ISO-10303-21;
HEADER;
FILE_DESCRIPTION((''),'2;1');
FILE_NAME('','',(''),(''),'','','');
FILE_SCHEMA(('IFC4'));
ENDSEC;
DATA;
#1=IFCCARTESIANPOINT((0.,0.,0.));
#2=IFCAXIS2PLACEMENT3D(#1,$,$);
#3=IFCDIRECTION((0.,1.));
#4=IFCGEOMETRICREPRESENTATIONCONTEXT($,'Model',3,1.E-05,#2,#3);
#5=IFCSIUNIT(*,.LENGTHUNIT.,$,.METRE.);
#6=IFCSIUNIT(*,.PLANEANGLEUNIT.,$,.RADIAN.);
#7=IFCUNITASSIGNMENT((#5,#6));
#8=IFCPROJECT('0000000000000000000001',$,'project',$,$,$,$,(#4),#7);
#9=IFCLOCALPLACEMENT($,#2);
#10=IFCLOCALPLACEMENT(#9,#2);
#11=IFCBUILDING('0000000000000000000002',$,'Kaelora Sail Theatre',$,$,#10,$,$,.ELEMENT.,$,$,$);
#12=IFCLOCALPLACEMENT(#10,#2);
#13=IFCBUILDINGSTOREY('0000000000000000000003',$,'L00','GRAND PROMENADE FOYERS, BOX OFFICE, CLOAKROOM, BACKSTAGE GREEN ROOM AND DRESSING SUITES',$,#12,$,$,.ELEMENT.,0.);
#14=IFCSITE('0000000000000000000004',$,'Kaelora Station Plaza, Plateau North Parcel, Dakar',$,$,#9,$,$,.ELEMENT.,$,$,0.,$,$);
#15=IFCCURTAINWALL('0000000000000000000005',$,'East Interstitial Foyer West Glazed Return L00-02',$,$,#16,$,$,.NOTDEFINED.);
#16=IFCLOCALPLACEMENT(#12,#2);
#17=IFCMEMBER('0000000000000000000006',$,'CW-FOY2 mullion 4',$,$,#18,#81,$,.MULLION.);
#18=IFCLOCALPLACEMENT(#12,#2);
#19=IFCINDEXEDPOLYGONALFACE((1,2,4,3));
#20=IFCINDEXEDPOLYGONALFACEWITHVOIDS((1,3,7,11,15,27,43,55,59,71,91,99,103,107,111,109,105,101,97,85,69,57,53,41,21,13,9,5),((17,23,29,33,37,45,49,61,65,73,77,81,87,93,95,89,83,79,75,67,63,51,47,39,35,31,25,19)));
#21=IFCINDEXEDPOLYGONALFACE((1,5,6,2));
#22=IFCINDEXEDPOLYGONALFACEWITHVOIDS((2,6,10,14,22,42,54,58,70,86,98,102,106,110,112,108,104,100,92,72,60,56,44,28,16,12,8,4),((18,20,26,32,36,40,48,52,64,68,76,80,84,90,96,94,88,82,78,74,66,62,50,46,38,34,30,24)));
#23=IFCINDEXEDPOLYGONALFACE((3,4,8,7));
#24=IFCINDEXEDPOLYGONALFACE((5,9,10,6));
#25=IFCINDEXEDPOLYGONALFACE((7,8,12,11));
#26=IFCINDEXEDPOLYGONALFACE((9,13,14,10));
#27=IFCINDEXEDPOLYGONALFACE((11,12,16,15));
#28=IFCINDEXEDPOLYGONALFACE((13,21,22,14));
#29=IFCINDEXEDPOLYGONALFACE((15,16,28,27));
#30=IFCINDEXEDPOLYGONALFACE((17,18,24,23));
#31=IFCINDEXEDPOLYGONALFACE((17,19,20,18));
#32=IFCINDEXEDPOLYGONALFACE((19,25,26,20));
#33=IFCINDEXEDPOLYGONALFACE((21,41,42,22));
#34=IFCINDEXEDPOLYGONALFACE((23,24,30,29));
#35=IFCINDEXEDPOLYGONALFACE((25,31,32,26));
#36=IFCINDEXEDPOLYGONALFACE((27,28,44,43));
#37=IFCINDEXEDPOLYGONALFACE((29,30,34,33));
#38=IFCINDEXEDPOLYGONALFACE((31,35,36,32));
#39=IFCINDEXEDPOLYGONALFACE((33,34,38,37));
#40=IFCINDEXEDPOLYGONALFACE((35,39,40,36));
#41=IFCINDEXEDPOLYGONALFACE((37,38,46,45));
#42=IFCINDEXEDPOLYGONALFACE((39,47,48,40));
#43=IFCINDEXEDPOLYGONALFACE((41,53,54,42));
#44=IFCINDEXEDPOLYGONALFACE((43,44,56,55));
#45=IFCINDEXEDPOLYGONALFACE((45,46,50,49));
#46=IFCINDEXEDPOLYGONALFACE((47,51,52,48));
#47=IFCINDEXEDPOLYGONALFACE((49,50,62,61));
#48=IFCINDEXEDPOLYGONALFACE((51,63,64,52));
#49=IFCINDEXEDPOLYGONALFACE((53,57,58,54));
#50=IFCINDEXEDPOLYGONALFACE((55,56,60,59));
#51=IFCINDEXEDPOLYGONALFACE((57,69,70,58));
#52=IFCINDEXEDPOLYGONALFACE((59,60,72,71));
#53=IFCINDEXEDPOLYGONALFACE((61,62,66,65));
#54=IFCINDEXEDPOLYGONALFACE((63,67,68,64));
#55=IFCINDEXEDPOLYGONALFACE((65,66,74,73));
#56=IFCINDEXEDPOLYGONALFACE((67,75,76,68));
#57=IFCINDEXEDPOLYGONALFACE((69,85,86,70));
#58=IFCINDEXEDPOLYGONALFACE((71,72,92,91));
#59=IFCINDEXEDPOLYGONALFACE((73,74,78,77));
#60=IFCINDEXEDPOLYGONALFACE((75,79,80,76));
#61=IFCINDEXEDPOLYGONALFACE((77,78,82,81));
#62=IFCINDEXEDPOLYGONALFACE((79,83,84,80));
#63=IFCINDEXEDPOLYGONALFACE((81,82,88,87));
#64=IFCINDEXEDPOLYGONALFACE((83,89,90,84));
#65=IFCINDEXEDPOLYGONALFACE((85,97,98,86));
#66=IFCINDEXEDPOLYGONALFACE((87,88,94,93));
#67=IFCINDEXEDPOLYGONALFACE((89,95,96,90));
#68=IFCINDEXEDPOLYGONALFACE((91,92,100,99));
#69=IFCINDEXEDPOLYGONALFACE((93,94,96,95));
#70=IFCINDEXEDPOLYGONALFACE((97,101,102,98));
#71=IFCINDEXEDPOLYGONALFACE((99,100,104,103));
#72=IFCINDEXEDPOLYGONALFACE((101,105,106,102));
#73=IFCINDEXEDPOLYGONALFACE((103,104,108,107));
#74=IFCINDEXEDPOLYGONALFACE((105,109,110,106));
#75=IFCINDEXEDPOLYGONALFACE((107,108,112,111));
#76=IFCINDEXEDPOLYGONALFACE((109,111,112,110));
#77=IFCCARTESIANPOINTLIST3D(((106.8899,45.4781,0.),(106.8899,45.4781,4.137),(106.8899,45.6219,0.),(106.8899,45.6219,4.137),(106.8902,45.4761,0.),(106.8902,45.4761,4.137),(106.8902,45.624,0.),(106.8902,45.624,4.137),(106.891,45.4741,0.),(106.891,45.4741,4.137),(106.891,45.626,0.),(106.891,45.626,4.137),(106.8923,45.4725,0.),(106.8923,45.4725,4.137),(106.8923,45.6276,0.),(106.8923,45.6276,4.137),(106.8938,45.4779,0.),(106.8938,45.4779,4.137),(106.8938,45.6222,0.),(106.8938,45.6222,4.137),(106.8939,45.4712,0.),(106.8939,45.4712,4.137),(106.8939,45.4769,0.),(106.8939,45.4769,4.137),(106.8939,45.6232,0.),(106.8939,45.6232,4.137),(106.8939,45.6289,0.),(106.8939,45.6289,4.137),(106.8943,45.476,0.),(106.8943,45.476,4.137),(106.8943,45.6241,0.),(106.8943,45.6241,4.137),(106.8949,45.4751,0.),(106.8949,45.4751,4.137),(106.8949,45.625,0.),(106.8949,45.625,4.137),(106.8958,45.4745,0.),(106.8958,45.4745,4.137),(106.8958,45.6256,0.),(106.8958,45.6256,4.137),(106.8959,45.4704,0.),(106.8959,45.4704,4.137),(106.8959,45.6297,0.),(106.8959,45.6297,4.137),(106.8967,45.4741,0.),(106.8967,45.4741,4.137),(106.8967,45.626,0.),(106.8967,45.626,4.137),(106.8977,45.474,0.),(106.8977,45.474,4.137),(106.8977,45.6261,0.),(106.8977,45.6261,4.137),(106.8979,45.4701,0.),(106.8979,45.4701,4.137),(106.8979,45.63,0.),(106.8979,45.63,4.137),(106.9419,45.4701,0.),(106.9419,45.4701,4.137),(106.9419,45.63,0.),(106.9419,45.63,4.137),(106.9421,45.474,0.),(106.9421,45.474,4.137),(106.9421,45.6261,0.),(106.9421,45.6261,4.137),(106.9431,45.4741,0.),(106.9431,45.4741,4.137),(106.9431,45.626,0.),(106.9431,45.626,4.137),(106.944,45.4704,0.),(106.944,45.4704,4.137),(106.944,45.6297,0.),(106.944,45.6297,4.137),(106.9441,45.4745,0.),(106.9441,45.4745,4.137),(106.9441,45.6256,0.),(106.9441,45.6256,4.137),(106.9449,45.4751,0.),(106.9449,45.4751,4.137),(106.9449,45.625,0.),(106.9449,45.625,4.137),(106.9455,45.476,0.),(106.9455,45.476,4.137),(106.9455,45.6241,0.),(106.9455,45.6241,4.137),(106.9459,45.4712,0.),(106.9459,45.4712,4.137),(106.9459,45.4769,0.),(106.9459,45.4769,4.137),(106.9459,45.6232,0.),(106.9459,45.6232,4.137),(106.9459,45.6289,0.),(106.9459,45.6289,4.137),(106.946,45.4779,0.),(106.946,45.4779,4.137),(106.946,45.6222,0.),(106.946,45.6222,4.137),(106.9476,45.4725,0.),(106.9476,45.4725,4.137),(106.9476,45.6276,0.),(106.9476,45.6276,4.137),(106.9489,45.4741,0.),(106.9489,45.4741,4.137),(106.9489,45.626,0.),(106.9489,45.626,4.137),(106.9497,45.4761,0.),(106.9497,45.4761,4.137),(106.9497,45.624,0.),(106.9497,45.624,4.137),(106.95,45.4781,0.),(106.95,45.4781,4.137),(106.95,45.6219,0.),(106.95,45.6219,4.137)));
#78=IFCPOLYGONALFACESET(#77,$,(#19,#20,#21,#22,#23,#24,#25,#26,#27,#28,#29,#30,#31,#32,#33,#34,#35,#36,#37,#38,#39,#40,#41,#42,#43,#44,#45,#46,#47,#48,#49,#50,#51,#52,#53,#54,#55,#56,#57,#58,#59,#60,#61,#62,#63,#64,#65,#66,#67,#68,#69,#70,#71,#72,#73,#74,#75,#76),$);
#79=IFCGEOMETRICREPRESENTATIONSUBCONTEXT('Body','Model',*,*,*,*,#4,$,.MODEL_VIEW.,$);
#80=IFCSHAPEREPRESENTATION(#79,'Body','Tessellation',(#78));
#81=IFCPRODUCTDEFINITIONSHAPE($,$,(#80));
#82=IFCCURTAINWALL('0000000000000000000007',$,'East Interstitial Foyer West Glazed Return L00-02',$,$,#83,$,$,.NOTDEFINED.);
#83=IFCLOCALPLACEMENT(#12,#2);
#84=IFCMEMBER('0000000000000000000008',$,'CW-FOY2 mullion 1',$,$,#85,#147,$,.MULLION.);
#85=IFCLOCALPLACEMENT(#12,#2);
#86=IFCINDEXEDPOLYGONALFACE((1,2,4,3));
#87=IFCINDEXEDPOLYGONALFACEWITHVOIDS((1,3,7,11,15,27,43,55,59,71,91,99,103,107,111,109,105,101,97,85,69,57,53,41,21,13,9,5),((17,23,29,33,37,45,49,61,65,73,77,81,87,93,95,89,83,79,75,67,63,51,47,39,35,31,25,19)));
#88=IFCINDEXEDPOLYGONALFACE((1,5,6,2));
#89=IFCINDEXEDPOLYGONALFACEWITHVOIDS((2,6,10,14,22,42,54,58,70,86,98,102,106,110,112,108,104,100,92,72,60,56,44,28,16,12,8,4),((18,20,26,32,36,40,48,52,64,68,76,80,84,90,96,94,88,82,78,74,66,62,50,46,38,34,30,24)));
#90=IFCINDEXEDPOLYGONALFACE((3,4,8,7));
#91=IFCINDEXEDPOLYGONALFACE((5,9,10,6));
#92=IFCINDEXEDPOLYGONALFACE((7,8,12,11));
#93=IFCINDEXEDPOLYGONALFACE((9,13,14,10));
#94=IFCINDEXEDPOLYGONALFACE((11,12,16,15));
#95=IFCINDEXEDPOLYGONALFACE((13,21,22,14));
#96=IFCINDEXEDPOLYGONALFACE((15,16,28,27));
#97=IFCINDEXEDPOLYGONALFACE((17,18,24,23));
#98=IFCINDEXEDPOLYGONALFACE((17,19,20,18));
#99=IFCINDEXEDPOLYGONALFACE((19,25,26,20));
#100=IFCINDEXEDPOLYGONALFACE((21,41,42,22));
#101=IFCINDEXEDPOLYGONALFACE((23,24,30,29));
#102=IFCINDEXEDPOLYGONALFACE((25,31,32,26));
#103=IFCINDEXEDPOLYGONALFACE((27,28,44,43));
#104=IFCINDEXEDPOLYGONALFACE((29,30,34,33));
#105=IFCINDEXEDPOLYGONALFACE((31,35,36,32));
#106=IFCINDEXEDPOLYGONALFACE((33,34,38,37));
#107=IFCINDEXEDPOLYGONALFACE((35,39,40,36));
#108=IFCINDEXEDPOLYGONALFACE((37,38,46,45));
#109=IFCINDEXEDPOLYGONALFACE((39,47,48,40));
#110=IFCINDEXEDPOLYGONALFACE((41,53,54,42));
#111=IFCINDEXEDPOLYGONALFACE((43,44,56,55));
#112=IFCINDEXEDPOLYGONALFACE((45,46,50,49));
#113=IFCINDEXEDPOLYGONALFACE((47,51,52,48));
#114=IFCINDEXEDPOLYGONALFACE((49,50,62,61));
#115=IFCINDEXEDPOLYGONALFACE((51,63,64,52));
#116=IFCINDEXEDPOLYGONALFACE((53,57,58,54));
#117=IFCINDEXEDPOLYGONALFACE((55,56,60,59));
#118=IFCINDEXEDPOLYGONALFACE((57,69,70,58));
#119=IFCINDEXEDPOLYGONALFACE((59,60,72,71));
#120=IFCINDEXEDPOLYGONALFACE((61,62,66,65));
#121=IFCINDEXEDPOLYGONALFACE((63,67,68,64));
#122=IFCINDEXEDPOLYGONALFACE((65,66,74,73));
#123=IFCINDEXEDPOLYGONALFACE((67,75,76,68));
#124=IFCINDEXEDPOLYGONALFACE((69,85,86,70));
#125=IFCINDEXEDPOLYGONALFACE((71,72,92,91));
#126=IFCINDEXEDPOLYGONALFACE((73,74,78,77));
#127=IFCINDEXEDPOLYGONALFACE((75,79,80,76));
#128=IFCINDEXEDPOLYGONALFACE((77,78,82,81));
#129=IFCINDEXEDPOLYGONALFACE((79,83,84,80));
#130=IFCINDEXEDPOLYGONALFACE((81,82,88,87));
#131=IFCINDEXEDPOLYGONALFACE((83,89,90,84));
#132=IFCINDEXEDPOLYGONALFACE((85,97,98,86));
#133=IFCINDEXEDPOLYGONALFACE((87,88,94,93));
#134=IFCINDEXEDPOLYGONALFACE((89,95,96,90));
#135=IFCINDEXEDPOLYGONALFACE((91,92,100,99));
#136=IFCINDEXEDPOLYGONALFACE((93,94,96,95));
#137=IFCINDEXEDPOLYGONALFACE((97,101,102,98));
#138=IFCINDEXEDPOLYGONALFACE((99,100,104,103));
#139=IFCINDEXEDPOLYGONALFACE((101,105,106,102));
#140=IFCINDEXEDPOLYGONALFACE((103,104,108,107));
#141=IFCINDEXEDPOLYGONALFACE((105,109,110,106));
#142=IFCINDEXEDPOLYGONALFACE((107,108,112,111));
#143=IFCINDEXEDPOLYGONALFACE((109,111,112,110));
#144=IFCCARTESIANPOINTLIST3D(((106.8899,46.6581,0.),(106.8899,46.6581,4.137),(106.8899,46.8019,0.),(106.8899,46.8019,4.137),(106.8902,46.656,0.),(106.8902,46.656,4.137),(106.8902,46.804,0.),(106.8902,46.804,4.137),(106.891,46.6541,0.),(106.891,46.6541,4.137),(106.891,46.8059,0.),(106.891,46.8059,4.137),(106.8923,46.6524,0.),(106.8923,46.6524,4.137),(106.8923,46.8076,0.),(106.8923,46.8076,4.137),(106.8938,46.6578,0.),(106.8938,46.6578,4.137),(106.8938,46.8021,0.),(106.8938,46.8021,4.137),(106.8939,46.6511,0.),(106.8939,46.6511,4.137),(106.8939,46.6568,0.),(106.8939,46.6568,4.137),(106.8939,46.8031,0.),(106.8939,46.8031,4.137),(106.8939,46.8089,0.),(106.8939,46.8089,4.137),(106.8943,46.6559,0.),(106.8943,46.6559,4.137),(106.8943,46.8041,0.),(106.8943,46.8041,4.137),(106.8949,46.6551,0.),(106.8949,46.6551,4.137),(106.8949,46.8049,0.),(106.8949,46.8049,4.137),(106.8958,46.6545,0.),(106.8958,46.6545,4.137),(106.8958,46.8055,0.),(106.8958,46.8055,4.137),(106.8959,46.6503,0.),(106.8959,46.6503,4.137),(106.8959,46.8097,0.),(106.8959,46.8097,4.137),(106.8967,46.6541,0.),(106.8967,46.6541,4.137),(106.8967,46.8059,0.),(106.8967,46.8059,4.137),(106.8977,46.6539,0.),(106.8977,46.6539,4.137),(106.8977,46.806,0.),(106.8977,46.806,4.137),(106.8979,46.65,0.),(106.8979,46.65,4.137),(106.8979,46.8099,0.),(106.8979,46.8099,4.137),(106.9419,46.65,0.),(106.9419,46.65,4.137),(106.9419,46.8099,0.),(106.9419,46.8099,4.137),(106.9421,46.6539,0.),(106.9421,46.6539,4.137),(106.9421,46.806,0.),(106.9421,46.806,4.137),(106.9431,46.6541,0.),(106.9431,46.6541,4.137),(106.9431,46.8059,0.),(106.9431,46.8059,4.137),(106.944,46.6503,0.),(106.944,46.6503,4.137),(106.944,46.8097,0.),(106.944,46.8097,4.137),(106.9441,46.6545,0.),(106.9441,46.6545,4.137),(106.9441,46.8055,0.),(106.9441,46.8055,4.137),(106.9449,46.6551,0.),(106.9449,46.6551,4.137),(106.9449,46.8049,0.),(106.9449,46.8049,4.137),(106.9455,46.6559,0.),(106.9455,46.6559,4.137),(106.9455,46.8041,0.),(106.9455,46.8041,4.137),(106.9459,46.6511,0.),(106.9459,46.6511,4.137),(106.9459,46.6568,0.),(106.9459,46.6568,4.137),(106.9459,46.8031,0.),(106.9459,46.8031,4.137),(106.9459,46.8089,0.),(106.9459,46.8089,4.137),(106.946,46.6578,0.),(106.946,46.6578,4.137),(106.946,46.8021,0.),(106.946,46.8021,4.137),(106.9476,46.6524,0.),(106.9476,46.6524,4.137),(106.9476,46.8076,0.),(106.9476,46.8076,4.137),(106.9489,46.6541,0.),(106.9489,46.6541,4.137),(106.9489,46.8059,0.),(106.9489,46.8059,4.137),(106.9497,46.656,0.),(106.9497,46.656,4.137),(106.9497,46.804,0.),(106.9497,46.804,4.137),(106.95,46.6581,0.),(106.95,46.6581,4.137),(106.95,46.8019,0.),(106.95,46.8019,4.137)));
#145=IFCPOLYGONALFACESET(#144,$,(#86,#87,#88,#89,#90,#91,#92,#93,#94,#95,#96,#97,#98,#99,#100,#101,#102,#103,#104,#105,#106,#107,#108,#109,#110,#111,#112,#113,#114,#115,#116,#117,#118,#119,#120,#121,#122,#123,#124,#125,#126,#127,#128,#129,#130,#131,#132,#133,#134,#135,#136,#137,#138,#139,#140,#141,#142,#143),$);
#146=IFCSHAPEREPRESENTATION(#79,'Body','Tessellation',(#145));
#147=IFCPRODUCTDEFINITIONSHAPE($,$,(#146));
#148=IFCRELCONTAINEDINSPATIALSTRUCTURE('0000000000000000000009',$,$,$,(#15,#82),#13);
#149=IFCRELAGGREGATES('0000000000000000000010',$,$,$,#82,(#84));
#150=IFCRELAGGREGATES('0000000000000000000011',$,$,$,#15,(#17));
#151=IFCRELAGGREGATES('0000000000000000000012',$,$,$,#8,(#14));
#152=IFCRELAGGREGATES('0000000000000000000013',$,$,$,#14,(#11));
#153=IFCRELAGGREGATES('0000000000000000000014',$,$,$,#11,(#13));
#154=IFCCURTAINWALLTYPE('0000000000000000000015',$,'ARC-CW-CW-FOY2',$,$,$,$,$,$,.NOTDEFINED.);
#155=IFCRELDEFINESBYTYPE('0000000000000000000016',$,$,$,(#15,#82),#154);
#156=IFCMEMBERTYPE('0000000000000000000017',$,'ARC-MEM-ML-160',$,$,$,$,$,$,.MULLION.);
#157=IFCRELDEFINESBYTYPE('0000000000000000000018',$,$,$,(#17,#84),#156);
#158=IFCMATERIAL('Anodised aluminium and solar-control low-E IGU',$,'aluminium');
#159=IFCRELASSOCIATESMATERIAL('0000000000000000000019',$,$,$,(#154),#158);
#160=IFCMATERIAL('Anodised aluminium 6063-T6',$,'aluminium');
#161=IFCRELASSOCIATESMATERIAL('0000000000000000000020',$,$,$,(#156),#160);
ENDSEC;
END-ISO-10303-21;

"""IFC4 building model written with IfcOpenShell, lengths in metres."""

from ifc_helpers import new_model, si_unit, direction, frame, origin, origin_2d, place, context, subcontext, project, spatial, hollow_rectangle, extrude, material, material_profile, profile_set, type_object, element, aggregate, save


model = new_model("IFC4")

# Units and contexts
model_context = context("Model", 3, precision=1e-05, world=origin(), true_north=direction((0.0, 1.0)))
body_context = subcontext(model_context, "Body", "Model", "MODEL_VIEW")
ifc_project = project(units=[si_unit("LENGTHUNIT", "METRE"), si_unit("PLANEANGLEUNIT", "RADIAN")], contexts=[model_context])

# Site, building, storey
site_placement = place(None, origin())
site = spatial("IfcSite", under=ifc_project, at=site_placement, Name="Kaelora Station Plaza, Plateau North Parcel, Dakar", CompositionType="ELEMENT", RefElevation=0.0)
building_placement = place(site_placement, origin())
building = spatial("IfcBuilding", under=site, at=building_placement, Name="Kaelora Sail Theatre", CompositionType="ELEMENT")
storey_placement = place(building_placement, origin())
storey = spatial("IfcBuildingStorey", under=building, at=storey_placement, Name="L00", Description="GRAND PROMENADE FOYERS, BOX OFFICE, CLOAKROOM, BACKSTAGE GREEN ROOM AND DRESSING SUITES", CompositionType="ELEMENT", Elevation=0.0)

# Shared definitions
ifc_material_1 = material(Name="Anodised aluminium and solar-control low-E IGU", Category="aluminium")
curtain_wall_type = type_object("IfcCurtainWallType", Name="ARC-CW-CW-FOY2", PredefinedType="NOTDEFINED", material=ifc_material_1)
ifc_material_2 = material(Name="Anodised aluminium 6063-T6", Category="aluminium")
ifc_material_profile_1 = material_profile(ifc_material_2, hollow_rectangle(XDim=0.0601, YDim=0.1599, WallThickness=0.0039, InnerFilletRadius=0.0039, OuterFilletRadius=0.0081, at=origin_2d()), Name="ALU-MULL 60x160x4")
ifc_profile_set_1 = profile_set([ifc_material_profile_1], Name="Anodised aluminium 6063-T6")
member_type_1 = type_object("IfcMemberType", Name="ARC-MEM-ML-160", PredefinedType="MULLION", material=ifc_profile_set_1)

# Curtain wall, member
curtain_wall_1_placement = place(storey_placement, origin())
curtain_wall_1 = element("IfcCurtainWall", 1, at=curtain_wall_1_placement, inside=storey, type_object=curtain_wall_type, Name="East Interstitial Foyer West Glazed Return L00-02", PredefinedType="NOTDEFINED")
member_1_placement = place(storey_placement, frame((106.9199, 45.55, 0.0), z_axis=(0.0, 0.0, 1.0), x_axis=(-1.0, 0.0, 0.0)))
member_1 = element("IfcMember", 2, at=member_1_placement, type_object=member_type_1, Name="CW-FOY2 mullion 4", PredefinedType="MULLION", context=body_context, shape_type="SweptSolid", body=[
    extrude(hollow_rectangle(XDim=0.0601, YDim=0.1599, WallThickness=0.0039, InnerFilletRadius=0.0039, OuterFilletRadius=0.0081, at=origin_2d()), origin(), (0.0, 0.0, 1.0), 4.137),
])

# Curtain wall, member
curtain_wall_2_placement = place(storey_placement, origin())
curtain_wall_2 = element("IfcCurtainWall", 3, at=curtain_wall_2_placement, inside=storey, type_object=curtain_wall_type, Name="East Interstitial Foyer West Glazed Return L00-02", PredefinedType="NOTDEFINED")
member_2_placement = place(storey_placement, frame((106.9199, 46.73, 0.0), z_axis=(0.0, 0.0, 1.0), x_axis=(-1.0, 0.0, 0.0)))
member_2 = element("IfcMember", 4, at=member_2_placement, type_object=member_type_1, Name="CW-FOY2 mullion 1", PredefinedType="MULLION", context=body_context, shape_type="SweptSolid", body=[
    extrude(hollow_rectangle(XDim=0.0601, YDim=0.1599, WallThickness=0.0039, InnerFilletRadius=0.0039, OuterFilletRadius=0.0081, at=origin_2d()), origin(), (0.0, 0.0, 1.0), 4.137),
])

aggregate(curtain_wall_2, [member_2])

aggregate(curtain_wall_1, [member_1])

save(model, "model.ifc")
